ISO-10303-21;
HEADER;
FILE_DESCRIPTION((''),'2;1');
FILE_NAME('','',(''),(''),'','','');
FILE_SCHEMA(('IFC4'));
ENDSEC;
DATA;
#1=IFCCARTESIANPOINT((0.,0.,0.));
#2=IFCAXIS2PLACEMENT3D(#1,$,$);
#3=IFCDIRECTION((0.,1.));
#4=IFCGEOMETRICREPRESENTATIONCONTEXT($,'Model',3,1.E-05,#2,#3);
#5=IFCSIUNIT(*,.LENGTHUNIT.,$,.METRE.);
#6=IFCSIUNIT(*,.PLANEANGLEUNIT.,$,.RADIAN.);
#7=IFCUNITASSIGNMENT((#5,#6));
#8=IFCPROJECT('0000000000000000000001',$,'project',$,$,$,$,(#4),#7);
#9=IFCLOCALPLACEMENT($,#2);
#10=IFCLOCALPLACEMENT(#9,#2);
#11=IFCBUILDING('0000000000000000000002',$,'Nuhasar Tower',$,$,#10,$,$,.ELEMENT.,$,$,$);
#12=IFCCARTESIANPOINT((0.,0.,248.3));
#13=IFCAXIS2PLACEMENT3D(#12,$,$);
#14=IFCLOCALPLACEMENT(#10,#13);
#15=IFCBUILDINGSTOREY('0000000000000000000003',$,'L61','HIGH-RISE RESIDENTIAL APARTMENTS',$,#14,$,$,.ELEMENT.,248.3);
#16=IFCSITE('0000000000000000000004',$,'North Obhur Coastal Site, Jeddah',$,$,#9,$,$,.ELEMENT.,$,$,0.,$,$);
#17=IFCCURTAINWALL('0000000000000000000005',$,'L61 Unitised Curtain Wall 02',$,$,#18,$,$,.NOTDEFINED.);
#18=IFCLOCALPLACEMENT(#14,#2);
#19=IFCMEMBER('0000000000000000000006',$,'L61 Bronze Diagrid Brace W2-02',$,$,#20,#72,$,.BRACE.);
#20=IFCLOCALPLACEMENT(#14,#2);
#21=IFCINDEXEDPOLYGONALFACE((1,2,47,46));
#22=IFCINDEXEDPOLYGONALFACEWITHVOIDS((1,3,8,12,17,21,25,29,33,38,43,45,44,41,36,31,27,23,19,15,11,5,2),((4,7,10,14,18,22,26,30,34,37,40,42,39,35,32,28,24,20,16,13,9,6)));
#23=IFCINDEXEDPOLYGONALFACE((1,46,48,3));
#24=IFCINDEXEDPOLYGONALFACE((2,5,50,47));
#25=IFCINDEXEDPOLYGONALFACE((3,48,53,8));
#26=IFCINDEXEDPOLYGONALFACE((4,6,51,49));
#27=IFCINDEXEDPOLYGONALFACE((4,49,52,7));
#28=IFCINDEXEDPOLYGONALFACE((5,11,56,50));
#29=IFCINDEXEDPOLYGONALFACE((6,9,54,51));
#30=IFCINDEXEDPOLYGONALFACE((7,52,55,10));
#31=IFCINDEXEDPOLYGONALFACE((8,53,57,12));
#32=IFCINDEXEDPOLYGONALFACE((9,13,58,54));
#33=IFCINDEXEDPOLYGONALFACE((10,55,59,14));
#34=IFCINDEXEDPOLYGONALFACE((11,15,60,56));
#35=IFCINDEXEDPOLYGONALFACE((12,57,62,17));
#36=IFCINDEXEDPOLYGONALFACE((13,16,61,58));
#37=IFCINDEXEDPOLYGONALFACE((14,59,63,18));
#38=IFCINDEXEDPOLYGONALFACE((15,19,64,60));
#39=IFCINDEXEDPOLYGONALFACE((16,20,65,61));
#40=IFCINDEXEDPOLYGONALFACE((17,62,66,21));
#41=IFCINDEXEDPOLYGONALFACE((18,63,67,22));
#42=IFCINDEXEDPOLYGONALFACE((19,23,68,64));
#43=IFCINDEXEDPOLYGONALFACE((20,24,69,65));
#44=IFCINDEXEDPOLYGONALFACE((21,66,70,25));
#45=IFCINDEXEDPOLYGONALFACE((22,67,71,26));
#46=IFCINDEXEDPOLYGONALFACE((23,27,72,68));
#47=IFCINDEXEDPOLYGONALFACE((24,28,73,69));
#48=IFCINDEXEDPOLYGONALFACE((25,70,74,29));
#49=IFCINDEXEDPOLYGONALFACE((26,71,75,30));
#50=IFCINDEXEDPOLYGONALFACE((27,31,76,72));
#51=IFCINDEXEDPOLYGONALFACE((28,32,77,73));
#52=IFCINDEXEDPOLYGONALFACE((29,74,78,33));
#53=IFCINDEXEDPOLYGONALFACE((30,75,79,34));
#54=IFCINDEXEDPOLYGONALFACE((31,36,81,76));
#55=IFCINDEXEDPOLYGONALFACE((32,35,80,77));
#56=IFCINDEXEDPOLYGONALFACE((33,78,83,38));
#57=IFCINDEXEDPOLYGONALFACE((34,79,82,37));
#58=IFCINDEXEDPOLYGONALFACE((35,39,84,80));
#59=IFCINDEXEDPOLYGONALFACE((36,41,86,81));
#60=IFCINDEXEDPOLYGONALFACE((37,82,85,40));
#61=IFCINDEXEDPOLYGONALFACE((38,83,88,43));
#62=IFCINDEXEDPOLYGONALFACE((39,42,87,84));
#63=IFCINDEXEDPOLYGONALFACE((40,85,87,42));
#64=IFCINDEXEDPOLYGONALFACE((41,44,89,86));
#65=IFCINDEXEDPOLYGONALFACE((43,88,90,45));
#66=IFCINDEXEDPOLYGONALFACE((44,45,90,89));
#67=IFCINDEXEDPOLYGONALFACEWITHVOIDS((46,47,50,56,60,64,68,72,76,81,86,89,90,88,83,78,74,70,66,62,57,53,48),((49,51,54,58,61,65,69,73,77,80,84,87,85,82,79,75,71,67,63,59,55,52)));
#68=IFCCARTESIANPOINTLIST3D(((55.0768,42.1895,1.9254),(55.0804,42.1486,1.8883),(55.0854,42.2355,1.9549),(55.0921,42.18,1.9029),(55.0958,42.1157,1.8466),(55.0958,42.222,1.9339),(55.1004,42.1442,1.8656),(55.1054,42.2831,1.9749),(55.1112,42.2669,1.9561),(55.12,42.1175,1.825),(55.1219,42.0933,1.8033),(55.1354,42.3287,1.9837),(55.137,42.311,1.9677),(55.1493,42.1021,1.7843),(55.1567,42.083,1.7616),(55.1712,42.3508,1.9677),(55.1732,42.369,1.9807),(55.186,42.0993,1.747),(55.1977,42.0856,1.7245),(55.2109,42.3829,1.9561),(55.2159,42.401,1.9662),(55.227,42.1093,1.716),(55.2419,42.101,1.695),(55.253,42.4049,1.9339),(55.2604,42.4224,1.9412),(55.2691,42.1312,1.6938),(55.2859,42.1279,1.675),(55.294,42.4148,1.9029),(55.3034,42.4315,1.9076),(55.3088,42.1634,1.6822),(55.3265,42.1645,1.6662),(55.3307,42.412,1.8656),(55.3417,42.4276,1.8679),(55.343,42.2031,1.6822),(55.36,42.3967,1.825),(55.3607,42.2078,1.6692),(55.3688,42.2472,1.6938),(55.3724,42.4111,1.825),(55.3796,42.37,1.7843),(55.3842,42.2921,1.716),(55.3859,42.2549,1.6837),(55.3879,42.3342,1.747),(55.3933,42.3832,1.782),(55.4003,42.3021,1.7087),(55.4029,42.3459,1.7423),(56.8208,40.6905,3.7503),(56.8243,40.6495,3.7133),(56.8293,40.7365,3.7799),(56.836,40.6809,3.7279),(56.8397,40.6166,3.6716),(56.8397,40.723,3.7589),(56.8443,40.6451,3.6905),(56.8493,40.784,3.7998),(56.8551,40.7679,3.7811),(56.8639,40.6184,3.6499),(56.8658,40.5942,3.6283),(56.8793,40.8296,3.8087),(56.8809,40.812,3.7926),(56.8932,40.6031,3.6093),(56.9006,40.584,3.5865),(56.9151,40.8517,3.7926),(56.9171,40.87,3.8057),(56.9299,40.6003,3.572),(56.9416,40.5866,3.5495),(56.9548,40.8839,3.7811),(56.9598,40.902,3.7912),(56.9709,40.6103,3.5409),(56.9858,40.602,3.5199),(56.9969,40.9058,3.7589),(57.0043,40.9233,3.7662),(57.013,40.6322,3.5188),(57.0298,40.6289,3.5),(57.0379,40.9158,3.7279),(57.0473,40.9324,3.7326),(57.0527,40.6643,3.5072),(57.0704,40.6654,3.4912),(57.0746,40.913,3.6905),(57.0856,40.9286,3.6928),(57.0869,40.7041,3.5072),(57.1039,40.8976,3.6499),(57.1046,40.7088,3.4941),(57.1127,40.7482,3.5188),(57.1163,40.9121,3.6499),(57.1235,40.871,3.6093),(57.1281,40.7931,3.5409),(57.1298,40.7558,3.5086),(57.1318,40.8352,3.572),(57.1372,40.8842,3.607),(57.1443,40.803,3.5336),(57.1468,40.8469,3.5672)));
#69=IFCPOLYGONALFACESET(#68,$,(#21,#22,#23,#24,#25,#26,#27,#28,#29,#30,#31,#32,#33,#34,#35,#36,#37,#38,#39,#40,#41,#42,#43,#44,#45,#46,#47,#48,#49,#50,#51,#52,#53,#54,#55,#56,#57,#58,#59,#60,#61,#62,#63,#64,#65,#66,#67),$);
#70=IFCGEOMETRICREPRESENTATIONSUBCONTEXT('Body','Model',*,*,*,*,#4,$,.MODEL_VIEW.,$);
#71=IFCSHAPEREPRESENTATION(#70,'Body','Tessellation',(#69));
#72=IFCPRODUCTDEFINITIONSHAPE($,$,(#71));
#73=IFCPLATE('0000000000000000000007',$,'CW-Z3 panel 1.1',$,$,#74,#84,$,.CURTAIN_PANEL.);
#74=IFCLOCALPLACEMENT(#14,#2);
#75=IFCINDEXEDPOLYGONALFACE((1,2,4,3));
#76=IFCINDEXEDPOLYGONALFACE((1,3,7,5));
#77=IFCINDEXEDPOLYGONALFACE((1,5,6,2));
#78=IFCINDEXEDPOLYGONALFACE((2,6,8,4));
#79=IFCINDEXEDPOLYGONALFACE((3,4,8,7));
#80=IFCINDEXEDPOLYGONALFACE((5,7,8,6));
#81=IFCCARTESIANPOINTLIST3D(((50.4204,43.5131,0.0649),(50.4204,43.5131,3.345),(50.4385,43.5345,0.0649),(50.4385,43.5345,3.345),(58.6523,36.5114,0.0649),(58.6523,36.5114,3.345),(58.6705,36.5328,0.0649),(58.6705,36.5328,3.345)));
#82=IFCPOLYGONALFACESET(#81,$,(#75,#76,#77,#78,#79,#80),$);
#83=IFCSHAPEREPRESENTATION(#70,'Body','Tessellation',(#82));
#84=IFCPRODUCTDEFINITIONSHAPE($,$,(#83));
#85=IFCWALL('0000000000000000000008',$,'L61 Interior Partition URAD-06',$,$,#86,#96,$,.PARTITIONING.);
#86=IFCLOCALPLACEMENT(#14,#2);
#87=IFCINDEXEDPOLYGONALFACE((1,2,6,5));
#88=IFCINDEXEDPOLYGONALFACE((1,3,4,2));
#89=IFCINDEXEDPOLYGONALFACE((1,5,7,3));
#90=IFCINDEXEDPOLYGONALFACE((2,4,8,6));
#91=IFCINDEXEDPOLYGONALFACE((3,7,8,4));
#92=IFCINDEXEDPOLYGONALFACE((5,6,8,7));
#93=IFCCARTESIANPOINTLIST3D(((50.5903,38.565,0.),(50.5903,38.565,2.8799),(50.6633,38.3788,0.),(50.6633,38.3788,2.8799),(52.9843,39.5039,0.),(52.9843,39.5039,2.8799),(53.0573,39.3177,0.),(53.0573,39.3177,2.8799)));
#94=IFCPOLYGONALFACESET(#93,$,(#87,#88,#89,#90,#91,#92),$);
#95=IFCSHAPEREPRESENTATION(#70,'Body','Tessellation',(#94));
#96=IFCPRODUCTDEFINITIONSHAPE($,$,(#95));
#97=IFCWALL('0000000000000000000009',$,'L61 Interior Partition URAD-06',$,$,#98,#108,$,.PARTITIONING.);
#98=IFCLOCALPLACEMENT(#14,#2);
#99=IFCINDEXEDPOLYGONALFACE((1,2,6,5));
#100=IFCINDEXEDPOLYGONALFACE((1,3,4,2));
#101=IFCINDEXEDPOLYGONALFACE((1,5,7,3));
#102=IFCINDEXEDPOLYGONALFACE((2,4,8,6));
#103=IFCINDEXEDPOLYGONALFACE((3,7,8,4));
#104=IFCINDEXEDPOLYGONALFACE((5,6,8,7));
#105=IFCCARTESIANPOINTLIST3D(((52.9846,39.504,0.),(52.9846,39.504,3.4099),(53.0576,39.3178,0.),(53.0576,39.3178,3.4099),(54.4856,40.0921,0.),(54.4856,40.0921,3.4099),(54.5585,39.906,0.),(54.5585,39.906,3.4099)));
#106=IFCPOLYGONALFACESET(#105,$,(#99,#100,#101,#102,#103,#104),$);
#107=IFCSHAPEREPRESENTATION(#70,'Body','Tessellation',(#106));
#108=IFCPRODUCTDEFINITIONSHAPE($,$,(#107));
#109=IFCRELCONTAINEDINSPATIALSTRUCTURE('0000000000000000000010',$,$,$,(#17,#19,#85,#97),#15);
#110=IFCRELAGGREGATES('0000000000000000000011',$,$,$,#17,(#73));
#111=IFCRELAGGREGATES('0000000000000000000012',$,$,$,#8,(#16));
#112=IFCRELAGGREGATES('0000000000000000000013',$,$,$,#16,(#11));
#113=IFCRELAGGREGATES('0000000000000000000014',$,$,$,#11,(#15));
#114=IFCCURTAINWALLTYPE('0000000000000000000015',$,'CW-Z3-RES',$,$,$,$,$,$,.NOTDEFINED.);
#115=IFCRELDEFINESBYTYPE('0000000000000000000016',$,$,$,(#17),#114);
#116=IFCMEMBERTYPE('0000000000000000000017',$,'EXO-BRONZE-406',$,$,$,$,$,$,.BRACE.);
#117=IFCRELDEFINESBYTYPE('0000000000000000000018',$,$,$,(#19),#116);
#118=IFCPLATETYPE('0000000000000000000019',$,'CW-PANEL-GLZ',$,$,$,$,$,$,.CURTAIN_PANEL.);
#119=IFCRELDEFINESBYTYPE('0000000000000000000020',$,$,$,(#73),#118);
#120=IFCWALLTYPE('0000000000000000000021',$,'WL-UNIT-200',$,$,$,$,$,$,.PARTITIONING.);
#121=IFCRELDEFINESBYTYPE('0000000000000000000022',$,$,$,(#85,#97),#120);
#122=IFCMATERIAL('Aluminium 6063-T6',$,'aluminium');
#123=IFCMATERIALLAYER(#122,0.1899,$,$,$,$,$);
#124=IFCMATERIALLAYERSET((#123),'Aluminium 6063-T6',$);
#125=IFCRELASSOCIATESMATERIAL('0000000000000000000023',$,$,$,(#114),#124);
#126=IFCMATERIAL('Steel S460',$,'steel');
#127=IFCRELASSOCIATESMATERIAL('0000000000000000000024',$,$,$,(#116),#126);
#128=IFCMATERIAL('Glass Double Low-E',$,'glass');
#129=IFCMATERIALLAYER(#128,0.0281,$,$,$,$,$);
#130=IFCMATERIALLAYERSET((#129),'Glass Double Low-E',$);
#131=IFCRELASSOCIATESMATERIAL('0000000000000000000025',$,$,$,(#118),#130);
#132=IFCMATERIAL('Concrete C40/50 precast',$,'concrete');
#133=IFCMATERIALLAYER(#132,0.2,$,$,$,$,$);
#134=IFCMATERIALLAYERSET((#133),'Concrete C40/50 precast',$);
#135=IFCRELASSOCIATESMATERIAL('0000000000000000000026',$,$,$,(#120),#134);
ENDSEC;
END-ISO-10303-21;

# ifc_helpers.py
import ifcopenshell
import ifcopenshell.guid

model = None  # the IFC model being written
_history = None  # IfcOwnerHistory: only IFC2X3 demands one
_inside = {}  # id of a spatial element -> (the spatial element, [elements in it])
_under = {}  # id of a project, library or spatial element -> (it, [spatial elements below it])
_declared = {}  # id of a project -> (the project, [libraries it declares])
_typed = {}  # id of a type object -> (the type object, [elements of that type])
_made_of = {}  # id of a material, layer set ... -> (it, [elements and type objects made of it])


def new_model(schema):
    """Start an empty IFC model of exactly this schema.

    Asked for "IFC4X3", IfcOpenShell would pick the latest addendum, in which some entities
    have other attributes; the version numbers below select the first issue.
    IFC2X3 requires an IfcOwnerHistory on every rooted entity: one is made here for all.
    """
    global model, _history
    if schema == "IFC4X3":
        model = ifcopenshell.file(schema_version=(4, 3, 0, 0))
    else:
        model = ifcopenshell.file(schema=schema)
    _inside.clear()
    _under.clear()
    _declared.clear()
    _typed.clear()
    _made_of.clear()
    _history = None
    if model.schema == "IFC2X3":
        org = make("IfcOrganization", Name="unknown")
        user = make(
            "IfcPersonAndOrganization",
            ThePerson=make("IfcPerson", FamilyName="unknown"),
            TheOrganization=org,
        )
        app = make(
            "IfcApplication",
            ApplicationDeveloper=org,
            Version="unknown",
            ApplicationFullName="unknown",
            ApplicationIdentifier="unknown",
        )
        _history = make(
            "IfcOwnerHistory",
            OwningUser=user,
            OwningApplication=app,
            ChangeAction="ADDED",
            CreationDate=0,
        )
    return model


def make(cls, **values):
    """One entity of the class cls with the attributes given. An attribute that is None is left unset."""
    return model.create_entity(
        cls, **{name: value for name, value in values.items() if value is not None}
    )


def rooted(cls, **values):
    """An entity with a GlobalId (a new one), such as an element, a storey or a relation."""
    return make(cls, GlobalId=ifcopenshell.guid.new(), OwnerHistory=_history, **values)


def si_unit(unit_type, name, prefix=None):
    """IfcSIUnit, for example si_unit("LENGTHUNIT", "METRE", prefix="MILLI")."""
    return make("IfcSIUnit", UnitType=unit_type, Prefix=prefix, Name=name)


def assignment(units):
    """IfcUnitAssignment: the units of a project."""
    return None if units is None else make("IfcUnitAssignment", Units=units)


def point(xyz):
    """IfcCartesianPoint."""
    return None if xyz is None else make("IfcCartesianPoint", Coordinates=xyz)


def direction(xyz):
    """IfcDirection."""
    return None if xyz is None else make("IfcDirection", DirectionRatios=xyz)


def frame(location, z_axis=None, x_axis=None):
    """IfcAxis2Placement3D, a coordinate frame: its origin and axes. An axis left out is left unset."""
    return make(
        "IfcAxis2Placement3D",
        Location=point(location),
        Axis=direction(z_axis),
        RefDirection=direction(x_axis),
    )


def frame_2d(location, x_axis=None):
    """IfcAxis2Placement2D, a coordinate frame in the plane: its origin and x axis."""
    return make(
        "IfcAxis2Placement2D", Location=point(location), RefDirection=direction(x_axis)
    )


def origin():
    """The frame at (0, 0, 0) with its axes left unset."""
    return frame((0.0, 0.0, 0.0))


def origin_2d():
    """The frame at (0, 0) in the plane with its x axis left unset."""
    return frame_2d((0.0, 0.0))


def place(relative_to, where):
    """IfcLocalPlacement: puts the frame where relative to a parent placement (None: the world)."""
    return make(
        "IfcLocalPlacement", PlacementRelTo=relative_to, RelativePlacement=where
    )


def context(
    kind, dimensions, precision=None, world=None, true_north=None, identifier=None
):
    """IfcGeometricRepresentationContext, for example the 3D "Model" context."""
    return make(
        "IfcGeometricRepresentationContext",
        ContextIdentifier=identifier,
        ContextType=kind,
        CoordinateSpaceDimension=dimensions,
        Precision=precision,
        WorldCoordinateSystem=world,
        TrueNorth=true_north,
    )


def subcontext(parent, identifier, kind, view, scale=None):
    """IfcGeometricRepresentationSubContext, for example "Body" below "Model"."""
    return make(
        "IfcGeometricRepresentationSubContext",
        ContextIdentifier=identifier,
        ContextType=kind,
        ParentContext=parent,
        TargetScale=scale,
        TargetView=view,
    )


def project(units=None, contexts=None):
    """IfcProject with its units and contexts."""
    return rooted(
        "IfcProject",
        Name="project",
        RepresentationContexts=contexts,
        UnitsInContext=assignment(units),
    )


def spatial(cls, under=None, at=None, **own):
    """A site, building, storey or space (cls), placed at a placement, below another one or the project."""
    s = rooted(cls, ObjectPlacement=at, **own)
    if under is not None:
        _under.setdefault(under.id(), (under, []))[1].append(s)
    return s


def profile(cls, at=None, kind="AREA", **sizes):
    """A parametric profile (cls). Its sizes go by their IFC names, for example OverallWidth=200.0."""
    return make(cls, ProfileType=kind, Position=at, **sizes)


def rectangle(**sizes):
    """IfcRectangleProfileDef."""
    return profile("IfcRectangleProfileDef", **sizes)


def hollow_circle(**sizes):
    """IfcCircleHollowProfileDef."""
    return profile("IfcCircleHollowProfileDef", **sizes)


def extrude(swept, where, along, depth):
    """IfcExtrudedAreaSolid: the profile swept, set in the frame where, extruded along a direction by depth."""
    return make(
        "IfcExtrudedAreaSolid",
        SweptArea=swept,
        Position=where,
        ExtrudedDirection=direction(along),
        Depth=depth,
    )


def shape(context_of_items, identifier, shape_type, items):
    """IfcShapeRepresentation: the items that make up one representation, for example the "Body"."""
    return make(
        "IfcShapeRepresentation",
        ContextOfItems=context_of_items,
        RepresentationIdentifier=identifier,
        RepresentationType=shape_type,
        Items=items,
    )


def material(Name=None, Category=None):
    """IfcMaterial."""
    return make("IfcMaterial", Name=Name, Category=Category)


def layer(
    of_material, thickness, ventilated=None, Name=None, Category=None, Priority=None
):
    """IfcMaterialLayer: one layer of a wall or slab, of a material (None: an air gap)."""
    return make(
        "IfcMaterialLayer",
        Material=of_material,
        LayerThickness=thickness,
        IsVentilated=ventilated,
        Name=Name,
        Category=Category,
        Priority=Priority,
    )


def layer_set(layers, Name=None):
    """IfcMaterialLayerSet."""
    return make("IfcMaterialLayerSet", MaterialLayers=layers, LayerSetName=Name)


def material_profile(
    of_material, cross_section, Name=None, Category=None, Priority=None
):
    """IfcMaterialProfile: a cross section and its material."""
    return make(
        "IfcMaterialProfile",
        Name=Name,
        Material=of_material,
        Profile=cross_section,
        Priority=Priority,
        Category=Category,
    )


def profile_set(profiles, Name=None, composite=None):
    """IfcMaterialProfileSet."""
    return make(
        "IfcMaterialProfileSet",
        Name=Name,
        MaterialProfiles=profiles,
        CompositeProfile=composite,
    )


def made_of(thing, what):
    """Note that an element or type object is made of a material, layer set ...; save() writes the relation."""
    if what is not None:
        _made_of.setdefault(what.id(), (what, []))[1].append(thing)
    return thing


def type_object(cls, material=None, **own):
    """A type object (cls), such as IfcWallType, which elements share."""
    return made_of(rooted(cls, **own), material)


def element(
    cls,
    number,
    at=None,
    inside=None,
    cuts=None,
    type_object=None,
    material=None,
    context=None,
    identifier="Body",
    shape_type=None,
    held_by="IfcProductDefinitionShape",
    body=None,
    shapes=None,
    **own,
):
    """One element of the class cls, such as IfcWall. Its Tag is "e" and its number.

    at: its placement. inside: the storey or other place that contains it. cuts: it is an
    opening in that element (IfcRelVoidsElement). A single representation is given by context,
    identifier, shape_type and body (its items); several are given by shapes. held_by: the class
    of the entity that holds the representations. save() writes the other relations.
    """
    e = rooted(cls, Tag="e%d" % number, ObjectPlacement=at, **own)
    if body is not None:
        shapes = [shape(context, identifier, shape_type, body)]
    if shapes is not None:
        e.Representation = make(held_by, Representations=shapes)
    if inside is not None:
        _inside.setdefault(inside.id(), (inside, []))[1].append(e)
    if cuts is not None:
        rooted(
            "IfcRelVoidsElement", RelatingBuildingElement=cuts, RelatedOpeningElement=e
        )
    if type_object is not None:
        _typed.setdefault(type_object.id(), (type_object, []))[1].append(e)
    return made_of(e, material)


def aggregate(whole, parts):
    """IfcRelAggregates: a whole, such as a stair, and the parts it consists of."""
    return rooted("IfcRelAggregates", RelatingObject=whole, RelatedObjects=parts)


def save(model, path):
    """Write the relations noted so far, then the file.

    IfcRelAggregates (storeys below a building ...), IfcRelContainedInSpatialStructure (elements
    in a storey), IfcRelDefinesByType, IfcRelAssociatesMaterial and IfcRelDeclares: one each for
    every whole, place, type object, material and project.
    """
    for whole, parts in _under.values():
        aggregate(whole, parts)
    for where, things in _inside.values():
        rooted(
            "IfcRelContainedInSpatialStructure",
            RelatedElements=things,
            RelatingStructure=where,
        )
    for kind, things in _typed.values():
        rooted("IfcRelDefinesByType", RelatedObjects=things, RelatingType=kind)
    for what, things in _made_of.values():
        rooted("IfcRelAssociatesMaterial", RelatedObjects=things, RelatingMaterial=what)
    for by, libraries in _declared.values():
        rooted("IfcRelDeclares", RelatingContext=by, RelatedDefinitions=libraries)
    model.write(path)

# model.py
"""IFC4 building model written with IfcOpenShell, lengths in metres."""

from ifc_helpers import new_model, si_unit, direction, frame, frame_2d, origin, origin_2d, place, context, subcontext, project, spatial, rectangle, hollow_circle, extrude, material, layer, layer_set, material_profile, profile_set, type_object, element, aggregate, save


model = new_model("IFC4")

# Units and contexts
model_context = context("Model", 3, precision=1e-05, world=origin(), true_north=direction((0.0, 1.0)))
body_context = subcontext(model_context, "Body", "Model", "MODEL_VIEW")
ifc_project = project(units=[si_unit("LENGTHUNIT", "METRE"), si_unit("PLANEANGLEUNIT", "RADIAN")], contexts=[model_context])

# Site, building, storey
site_placement = place(None, origin())
site = spatial("IfcSite", under=ifc_project, at=site_placement, Name="North Obhur Coastal Site, Jeddah", CompositionType="ELEMENT", RefElevation=0.0)
building_placement = place(site_placement, origin())
building = spatial("IfcBuilding", under=site, at=building_placement, Name="Nuhasar Tower", CompositionType="ELEMENT")
storey_placement = place(building_placement, frame((0.0, 0.0, 248.3)))
storey = spatial("IfcBuildingStorey", under=building, at=storey_placement, Name="L61", Description="HIGH-RISE RESIDENTIAL APARTMENTS", CompositionType="ELEMENT", Elevation=248.3)

# Shared definitions
ifc_material_1 = material(Name="Aluminium 6063-T6", Category="aluminium")
ifc_layer_1 = layer(ifc_material_1, 0.1899)
ifc_layer_set_1 = layer_set([ifc_layer_1], Name="Aluminium 6063-T6")
curtain_wall_type = type_object("IfcCurtainWallType", Name="CW-Z3-RES", PredefinedType="NOTDEFINED", material=ifc_layer_set_1)

# Curtain wall
curtain_wall_1_placement = place(storey_placement, origin())
curtain_wall_1 = element("IfcCurtainWall", 1, at=curtain_wall_1_placement, inside=storey, type_object=curtain_wall_type, Name="L61 Unitised Curtain Wall 02", PredefinedType="NOTDEFINED")

# Member
ifc_material_2 = material(Name="Steel S460", Category="steel")
ifc_material_profile_1 = material_profile(ifc_material_2, hollow_circle(Radius=0.2031, WallThickness=0.019, at=origin_2d()), Name="HSS406.4X19.1")
ifc_profile_set_1 = profile_set([ifc_material_profile_1], Name="Steel S460")
member_type_1 = type_object("IfcMemberType", Name="EXO-BRONZE-406", PredefinedType="BRACE", material=ifc_profile_set_1)
for number, where, z_axis, x_axis, name in (
    (2, (55.24, 42.2571, 1.825), (0.594019, -0.510608, 0.621628), (0.651857, 0.758342, 0.0), "L61 Bronze Diagrid Brace W2-02"),
):
    element("IfcMember", number, at=place(storey_placement, frame(where, z_axis=z_axis, x_axis=x_axis)), inside=storey, type_object=member_type_1, Name=name, PredefinedType="BRACE", context=body_context, shape_type="SweptSolid", body=[
        extrude(hollow_circle(Radius=0.2031, WallThickness=0.019, at=origin_2d()), origin(), (0.0, 0.0, 1.0), 2.9358),
    ])

# Plate
ifc_material_3 = material(Name="Glass Double Low-E", Category="glass")
ifc_layer_2 = layer(ifc_material_3, 0.0281)
ifc_layer_set_2 = layer_set([ifc_layer_2], Name="Glass Double Low-E")
plate_type = type_object("IfcPlateType", Name="CW-PANEL-GLZ", PredefinedType="CURTAIN_PANEL", material=ifc_layer_set_2)
plate_placement = place(storey_placement, frame((54.5454, 40.0229, 0.0649), z_axis=(0.0, 0.0, 1.0), x_axis=(-0.761729, 0.647895, 0.0)))
plate = element("IfcPlate", 3, at=plate_placement, type_object=plate_type, Name="CW-Z3 panel 1.1", PredefinedType="CURTAIN_PANEL", context=body_context, shape_type="SweptSolid", body=[
    extrude(rectangle(XDim=10.8069, YDim=0.0281, at=origin_2d()), origin(), (0.0, 0.0, 1.0), 3.28),
])
aggregate(curtain_wall_1, [plate])

# Walls
ifc_material_4 = material(Name="Concrete C40/50 precast", Category="concrete")
ifc_layer_3 = layer(ifc_material_4, 0.2)
ifc_layer_set_3 = layer_set([ifc_layer_3], Name="Concrete C40/50 precast")
wall_type = type_object("IfcWallType", Name="WL-UNIT-200", PredefinedType="PARTITIONING", material=ifc_layer_set_3)
wall_1_placement = place(storey_placement, frame((50.627, 38.4719, 0.0), z_axis=(0.0, 0.0, 1.0), x_axis=(0.930957, 0.365129, 0.0)))
element("IfcWall", 4, at=wall_1_placement, inside=storey, type_object=wall_type, Name="L61 Interior Partition URAD-06", PredefinedType="PARTITIONING", context=body_context, shape_type="SweptSolid", body=[
    extrude(rectangle(XDim=2.5715, YDim=0.2, at=frame_2d((1.2856, 0.0))), origin(), (0.0, 0.0, 1.0), 2.8799),
])
wall_2_placement = place(storey_placement, frame((53.021, 39.4109, 0.0), z_axis=(0.0, 0.0, 1.0), x_axis=(0.931075, 0.364828, 0.0)))
element("IfcWall", 5, at=wall_2_placement, inside=storey, type_object=wall_type, Name="L61 Interior Partition URAD-06", PredefinedType="PARTITIONING", context=body_context, shape_type="SweptSolid", body=[
    extrude(rectangle(XDim=1.6121, YDim=0.2, at=frame_2d((0.8062, 0.0))), origin(), (0.0, 0.0, 1.0), 3.4099),
])

save(model, "model.ifc")
